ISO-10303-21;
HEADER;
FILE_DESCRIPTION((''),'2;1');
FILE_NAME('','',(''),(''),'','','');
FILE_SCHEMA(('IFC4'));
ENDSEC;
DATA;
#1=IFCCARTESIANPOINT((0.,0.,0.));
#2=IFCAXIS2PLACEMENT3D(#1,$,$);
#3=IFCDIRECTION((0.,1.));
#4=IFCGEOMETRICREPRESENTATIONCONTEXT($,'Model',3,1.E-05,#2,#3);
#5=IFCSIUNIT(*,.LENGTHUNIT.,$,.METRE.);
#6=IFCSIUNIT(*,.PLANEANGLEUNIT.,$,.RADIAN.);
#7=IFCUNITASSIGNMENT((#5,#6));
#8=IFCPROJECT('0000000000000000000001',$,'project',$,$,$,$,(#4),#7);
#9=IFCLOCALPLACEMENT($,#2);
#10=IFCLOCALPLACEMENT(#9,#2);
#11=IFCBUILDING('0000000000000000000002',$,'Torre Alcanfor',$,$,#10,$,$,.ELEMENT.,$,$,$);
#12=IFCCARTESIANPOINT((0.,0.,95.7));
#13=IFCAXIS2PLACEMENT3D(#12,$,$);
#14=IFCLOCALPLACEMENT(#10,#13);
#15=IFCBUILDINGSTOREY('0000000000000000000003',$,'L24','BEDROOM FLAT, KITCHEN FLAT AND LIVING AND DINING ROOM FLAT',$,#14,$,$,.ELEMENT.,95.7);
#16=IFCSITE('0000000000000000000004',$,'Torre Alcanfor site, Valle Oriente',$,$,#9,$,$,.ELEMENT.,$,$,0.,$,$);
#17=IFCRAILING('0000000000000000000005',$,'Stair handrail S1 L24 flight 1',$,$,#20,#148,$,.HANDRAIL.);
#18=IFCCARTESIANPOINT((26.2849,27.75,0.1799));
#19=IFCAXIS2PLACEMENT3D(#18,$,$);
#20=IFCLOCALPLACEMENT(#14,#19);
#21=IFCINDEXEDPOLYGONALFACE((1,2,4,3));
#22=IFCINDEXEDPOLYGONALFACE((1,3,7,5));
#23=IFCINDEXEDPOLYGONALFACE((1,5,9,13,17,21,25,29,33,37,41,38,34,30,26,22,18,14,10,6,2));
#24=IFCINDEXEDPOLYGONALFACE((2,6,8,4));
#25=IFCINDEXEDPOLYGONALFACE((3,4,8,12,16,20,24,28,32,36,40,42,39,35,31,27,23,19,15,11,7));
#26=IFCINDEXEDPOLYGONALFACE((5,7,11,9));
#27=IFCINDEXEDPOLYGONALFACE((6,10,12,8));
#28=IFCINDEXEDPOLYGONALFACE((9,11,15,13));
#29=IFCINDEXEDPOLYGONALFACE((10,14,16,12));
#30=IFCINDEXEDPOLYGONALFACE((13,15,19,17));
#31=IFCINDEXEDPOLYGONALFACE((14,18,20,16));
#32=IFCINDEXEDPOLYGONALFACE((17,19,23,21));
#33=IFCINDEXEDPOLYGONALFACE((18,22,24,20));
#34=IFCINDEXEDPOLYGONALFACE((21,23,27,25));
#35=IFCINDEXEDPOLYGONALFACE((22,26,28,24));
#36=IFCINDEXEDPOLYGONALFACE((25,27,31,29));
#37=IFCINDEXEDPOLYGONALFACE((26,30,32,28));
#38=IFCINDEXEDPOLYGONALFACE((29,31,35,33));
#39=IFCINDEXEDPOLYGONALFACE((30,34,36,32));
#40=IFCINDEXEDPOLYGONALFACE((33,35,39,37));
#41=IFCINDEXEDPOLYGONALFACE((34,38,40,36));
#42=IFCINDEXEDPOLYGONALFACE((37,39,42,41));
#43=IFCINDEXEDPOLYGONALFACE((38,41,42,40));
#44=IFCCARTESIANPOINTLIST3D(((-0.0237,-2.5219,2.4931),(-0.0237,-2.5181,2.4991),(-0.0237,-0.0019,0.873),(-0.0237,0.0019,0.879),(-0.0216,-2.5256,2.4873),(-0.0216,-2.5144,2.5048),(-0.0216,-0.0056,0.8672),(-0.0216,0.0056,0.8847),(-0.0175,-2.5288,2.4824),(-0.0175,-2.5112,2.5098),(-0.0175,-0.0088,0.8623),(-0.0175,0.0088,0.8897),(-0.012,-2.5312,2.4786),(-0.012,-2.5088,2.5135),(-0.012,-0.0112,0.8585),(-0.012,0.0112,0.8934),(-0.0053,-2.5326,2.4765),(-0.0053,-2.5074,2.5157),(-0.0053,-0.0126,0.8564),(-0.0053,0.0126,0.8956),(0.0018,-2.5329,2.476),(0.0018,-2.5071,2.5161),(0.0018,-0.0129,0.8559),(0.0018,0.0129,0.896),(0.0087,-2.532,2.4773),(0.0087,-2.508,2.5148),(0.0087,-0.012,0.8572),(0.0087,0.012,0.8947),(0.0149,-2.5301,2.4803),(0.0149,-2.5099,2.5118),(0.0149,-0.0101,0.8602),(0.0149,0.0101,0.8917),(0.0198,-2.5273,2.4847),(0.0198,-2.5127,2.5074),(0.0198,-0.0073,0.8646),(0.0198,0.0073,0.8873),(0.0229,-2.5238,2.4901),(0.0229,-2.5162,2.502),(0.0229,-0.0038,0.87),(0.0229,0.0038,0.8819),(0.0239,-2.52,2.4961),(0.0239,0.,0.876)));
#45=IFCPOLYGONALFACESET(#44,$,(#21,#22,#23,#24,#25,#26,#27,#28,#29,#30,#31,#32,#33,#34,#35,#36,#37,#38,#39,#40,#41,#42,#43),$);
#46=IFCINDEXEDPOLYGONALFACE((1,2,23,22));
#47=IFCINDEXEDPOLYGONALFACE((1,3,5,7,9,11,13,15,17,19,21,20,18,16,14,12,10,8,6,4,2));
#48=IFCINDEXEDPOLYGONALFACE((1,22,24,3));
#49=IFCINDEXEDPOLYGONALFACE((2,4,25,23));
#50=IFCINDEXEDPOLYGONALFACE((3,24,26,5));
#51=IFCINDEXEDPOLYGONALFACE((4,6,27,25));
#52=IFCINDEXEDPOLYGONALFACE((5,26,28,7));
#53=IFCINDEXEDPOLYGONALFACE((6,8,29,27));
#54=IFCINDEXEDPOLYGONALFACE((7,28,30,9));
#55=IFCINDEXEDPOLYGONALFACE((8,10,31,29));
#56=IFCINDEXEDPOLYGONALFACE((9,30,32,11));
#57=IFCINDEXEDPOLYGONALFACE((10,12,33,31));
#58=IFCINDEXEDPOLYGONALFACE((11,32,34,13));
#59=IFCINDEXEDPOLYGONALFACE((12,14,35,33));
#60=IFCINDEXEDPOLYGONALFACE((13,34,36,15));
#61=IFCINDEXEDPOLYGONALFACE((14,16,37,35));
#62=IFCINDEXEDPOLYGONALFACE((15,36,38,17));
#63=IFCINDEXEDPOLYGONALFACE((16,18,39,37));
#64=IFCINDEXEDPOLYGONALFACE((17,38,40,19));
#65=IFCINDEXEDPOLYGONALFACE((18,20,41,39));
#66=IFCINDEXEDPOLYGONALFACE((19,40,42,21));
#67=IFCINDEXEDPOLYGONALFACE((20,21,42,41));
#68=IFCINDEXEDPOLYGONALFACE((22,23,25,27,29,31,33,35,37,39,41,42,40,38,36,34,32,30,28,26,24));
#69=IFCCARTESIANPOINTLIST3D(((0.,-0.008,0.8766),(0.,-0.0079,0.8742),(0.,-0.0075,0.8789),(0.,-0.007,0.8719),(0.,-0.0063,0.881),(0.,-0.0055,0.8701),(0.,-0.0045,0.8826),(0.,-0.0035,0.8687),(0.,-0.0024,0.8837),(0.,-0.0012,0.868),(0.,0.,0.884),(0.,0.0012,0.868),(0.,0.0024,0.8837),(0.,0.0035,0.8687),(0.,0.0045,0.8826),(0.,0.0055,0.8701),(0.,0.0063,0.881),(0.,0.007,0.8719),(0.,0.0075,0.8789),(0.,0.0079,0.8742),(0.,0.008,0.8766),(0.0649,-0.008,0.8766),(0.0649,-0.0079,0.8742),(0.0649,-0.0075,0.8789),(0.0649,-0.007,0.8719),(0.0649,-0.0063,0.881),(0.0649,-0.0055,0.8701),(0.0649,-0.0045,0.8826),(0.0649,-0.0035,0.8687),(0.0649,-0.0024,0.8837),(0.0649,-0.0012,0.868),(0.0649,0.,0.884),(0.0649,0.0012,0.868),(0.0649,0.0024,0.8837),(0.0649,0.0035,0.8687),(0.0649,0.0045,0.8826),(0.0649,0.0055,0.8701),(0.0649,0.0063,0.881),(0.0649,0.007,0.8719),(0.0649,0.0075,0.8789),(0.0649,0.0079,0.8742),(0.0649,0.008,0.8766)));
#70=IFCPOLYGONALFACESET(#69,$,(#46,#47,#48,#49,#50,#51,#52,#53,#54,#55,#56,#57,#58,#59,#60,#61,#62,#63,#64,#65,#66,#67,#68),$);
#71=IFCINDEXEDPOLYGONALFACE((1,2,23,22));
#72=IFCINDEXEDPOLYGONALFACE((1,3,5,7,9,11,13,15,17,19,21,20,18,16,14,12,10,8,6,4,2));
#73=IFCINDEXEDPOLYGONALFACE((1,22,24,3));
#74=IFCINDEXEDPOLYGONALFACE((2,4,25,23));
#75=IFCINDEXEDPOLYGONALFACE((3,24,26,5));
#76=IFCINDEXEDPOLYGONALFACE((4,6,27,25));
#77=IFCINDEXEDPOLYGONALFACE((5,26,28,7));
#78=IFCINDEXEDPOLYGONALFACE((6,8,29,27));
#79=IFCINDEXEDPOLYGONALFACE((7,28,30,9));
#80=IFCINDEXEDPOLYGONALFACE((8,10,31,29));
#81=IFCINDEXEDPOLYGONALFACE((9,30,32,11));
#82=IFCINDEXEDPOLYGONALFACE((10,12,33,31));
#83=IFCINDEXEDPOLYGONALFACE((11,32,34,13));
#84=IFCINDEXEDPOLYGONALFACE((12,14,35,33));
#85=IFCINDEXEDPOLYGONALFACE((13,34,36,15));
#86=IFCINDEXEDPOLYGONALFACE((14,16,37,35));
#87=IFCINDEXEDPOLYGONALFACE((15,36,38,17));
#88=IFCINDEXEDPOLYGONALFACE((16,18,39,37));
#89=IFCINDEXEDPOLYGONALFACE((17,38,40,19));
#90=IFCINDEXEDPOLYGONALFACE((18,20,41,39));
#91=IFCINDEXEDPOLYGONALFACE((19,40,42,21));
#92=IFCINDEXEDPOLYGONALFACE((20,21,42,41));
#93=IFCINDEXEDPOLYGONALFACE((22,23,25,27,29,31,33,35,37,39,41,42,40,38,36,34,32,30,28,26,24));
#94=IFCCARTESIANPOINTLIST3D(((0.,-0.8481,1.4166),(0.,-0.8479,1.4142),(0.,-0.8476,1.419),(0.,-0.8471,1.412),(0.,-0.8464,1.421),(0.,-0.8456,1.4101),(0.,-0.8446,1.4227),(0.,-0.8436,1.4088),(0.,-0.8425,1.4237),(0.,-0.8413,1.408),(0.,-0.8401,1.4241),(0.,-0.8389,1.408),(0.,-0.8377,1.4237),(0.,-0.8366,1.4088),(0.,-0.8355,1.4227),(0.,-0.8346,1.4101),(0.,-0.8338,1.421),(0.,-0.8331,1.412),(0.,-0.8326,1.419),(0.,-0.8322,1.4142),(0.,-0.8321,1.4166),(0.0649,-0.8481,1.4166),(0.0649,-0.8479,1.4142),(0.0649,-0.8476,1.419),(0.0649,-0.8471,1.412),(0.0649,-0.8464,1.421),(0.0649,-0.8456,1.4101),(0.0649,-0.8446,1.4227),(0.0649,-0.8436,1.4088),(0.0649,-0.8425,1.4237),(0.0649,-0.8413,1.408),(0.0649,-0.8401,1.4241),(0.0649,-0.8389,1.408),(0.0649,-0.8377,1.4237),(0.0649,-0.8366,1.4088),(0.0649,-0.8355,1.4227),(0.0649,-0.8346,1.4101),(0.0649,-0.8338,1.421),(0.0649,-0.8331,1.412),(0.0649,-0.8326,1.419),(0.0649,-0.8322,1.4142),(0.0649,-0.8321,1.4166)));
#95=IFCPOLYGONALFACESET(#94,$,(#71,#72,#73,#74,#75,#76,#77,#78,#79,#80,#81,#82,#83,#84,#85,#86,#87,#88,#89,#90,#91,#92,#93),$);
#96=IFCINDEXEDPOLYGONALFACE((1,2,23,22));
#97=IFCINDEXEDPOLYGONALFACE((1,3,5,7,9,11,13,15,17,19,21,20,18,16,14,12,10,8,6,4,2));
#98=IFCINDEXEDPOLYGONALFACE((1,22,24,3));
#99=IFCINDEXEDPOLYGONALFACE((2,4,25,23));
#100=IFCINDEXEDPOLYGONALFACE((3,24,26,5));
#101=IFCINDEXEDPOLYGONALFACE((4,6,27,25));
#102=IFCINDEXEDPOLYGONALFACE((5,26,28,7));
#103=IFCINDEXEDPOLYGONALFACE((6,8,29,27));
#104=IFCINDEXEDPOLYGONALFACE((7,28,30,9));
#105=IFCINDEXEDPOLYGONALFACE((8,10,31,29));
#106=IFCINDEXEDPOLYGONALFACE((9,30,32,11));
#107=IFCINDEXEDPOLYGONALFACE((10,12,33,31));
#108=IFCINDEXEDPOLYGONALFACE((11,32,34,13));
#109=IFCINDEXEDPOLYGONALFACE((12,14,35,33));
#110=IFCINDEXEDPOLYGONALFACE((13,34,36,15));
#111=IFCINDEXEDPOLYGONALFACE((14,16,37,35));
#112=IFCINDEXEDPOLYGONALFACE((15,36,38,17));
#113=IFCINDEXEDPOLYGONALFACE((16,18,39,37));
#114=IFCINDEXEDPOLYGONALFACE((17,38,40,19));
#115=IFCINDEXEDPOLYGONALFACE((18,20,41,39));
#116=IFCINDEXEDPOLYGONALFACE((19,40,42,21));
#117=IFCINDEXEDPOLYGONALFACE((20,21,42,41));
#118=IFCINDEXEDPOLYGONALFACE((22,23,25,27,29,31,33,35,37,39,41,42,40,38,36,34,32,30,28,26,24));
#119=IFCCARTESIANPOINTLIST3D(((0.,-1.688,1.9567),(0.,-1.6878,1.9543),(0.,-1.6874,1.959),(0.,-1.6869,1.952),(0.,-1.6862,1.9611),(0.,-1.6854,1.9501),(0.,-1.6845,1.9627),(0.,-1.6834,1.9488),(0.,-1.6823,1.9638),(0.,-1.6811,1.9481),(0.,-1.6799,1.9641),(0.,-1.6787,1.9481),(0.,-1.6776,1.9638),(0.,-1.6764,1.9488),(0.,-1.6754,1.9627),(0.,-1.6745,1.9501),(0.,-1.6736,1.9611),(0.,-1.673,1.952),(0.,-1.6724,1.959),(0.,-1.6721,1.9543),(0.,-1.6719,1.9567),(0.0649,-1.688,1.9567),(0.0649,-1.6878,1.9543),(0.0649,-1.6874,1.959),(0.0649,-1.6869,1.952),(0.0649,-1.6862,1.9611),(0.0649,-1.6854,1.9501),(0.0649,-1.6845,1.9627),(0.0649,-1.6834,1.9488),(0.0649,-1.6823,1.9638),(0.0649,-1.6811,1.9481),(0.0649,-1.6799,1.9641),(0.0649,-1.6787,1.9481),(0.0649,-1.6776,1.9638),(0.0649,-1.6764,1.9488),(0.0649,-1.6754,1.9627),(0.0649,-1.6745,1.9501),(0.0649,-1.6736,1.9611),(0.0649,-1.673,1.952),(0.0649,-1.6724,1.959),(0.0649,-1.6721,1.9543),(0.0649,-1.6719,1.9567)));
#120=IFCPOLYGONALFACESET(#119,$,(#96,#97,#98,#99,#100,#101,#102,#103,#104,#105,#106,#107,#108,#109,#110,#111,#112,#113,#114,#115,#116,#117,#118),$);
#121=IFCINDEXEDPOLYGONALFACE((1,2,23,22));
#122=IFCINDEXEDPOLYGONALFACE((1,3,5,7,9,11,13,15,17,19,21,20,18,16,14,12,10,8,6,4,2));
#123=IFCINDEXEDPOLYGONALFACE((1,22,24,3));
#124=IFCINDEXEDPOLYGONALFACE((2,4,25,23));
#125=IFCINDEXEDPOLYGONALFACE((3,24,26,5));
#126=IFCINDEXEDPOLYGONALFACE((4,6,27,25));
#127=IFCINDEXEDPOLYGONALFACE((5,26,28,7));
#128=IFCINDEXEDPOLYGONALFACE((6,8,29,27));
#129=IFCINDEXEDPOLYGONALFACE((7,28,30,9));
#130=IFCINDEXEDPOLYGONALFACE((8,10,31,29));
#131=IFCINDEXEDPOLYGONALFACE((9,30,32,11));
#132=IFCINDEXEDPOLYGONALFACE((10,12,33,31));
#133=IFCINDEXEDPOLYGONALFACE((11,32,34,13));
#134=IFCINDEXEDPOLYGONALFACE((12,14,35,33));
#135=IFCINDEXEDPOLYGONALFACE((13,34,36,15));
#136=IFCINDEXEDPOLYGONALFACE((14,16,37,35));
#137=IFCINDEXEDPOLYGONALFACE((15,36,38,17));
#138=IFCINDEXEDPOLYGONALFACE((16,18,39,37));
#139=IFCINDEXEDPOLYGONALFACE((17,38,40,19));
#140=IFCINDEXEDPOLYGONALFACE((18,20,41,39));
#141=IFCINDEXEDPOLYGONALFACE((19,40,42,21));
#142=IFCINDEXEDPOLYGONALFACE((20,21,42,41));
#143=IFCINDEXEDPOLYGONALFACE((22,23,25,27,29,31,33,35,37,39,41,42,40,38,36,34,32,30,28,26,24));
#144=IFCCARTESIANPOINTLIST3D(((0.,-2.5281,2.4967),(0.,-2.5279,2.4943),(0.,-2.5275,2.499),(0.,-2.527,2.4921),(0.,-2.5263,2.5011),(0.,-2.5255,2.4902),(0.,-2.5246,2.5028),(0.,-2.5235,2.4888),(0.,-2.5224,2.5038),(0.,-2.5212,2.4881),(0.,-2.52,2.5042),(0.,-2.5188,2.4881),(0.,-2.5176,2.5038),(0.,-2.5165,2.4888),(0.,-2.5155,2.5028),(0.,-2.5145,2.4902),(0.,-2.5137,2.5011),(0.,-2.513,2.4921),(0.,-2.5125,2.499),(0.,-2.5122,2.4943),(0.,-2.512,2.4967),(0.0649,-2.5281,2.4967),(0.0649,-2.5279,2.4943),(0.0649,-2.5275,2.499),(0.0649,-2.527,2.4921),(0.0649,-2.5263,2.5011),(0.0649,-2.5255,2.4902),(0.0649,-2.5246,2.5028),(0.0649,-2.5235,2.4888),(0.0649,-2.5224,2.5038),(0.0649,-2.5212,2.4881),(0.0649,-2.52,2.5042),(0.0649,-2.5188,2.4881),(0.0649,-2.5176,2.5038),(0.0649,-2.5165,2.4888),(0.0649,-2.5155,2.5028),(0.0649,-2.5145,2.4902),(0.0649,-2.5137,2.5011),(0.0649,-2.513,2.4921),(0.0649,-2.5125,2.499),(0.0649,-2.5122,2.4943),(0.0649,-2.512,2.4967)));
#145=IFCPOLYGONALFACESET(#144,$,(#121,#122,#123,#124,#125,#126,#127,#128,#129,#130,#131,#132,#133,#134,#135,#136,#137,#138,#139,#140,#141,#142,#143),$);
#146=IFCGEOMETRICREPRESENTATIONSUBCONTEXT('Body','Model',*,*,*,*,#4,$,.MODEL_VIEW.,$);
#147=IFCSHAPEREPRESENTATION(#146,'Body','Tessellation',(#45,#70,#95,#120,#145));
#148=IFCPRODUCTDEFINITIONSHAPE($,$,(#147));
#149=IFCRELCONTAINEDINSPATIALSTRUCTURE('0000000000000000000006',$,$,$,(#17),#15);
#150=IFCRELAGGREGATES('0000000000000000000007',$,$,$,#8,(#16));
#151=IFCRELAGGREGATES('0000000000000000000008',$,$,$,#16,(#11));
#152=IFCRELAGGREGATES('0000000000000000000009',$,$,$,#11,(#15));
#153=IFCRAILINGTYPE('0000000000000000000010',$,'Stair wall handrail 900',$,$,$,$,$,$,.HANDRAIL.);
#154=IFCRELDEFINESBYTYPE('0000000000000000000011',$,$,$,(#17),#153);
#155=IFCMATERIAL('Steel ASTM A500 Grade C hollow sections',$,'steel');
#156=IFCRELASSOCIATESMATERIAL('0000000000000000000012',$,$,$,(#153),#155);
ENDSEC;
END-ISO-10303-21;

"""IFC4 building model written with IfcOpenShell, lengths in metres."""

from ifc_helpers import new_model, si_unit, direction, frame, origin, origin_2d, place, context, subcontext, project, spatial, circle, extrude, material, type_object, element, save


model = new_model("IFC4")

# Units and contexts
model_context = context("Model", 3, precision=1e-05, world=origin(), true_north=direction((0.0, 1.0)))
body_context = subcontext(model_context, "Body", "Model", "MODEL_VIEW")
ifc_project = project(units=[si_unit("LENGTHUNIT", "METRE"), si_unit("PLANEANGLEUNIT", "RADIAN")], contexts=[model_context])

# Site, building, storey
site_placement = place(None, origin())
site = spatial("IfcSite", under=ifc_project, at=site_placement, Name="Torre Alcanfor site, Valle Oriente", CompositionType="ELEMENT", RefElevation=0.0)
building_placement = place(site_placement, origin())
building = spatial("IfcBuilding", under=site, at=building_placement, Name="Torre Alcanfor", CompositionType="ELEMENT")
storey_placement = place(building_placement, frame((0.0, 0.0, 95.7)))
storey = spatial("IfcBuildingStorey", under=building, at=storey_placement, Name="L24", Description="BEDROOM FLAT, KITCHEN FLAT AND LIVING AND DINING ROOM FLAT", CompositionType="ELEMENT", Elevation=95.7)

# Railing
ifc_material_1 = material(Name="Steel ASTM A500 Grade C hollow sections", Category="steel")
railing_type_1 = type_object("IfcRailingType", Name="Stair wall handrail 900", PredefinedType="HANDRAIL", material=ifc_material_1)
railing_1_placement = place(storey_placement, frame((26.2849, 27.75, 0.1799)))
element("IfcRailing", 1, at=railing_1_placement, inside=storey, type_object=railing_type_1, Name="Stair handrail S1 L24 flight 1", PredefinedType="HANDRAIL", context=body_context, shape_type="SweptSolid", body=[
    extrude(circle(Radius=0.0239, at=origin_2d()), frame((0.0, 0.0, 0.876), z_axis=(0.0, -0.841163, 0.540782), x_axis=(1.0, 0.0, 0.0)), (0.0, 0.0, 1.0), 2.9958),
    extrude(circle(Radius=0.0081, at=origin_2d()), frame((0.0, 0.0, 0.876), z_axis=(1.0, 0.0, 0.0), x_axis=(0.0, 0.0, 1.0)), (0.0, 0.0, 1.0), 0.0649),
    extrude(circle(Radius=0.0081, at=origin_2d()), frame((0.0, -0.8401, 1.416), z_axis=(1.0, 0.0, 0.0), x_axis=(0.0, 0.0, 1.0)), (0.0, 0.0, 1.0), 0.0649),
    extrude(circle(Radius=0.0081, at=origin_2d()), frame((0.0, -1.6799, 1.9561), z_axis=(1.0, 0.0, 0.0), x_axis=(0.0, 0.0, 1.0)), (0.0, 0.0, 1.0), 0.0649),
    extrude(circle(Radius=0.0081, at=origin_2d()), frame((0.0, -2.52, 2.4961), z_axis=(1.0, 0.0, 0.0), x_axis=(0.0, 0.0, 1.0)), (0.0, 0.0, 1.0), 0.0649),
])

save(model, "model.ifc")
